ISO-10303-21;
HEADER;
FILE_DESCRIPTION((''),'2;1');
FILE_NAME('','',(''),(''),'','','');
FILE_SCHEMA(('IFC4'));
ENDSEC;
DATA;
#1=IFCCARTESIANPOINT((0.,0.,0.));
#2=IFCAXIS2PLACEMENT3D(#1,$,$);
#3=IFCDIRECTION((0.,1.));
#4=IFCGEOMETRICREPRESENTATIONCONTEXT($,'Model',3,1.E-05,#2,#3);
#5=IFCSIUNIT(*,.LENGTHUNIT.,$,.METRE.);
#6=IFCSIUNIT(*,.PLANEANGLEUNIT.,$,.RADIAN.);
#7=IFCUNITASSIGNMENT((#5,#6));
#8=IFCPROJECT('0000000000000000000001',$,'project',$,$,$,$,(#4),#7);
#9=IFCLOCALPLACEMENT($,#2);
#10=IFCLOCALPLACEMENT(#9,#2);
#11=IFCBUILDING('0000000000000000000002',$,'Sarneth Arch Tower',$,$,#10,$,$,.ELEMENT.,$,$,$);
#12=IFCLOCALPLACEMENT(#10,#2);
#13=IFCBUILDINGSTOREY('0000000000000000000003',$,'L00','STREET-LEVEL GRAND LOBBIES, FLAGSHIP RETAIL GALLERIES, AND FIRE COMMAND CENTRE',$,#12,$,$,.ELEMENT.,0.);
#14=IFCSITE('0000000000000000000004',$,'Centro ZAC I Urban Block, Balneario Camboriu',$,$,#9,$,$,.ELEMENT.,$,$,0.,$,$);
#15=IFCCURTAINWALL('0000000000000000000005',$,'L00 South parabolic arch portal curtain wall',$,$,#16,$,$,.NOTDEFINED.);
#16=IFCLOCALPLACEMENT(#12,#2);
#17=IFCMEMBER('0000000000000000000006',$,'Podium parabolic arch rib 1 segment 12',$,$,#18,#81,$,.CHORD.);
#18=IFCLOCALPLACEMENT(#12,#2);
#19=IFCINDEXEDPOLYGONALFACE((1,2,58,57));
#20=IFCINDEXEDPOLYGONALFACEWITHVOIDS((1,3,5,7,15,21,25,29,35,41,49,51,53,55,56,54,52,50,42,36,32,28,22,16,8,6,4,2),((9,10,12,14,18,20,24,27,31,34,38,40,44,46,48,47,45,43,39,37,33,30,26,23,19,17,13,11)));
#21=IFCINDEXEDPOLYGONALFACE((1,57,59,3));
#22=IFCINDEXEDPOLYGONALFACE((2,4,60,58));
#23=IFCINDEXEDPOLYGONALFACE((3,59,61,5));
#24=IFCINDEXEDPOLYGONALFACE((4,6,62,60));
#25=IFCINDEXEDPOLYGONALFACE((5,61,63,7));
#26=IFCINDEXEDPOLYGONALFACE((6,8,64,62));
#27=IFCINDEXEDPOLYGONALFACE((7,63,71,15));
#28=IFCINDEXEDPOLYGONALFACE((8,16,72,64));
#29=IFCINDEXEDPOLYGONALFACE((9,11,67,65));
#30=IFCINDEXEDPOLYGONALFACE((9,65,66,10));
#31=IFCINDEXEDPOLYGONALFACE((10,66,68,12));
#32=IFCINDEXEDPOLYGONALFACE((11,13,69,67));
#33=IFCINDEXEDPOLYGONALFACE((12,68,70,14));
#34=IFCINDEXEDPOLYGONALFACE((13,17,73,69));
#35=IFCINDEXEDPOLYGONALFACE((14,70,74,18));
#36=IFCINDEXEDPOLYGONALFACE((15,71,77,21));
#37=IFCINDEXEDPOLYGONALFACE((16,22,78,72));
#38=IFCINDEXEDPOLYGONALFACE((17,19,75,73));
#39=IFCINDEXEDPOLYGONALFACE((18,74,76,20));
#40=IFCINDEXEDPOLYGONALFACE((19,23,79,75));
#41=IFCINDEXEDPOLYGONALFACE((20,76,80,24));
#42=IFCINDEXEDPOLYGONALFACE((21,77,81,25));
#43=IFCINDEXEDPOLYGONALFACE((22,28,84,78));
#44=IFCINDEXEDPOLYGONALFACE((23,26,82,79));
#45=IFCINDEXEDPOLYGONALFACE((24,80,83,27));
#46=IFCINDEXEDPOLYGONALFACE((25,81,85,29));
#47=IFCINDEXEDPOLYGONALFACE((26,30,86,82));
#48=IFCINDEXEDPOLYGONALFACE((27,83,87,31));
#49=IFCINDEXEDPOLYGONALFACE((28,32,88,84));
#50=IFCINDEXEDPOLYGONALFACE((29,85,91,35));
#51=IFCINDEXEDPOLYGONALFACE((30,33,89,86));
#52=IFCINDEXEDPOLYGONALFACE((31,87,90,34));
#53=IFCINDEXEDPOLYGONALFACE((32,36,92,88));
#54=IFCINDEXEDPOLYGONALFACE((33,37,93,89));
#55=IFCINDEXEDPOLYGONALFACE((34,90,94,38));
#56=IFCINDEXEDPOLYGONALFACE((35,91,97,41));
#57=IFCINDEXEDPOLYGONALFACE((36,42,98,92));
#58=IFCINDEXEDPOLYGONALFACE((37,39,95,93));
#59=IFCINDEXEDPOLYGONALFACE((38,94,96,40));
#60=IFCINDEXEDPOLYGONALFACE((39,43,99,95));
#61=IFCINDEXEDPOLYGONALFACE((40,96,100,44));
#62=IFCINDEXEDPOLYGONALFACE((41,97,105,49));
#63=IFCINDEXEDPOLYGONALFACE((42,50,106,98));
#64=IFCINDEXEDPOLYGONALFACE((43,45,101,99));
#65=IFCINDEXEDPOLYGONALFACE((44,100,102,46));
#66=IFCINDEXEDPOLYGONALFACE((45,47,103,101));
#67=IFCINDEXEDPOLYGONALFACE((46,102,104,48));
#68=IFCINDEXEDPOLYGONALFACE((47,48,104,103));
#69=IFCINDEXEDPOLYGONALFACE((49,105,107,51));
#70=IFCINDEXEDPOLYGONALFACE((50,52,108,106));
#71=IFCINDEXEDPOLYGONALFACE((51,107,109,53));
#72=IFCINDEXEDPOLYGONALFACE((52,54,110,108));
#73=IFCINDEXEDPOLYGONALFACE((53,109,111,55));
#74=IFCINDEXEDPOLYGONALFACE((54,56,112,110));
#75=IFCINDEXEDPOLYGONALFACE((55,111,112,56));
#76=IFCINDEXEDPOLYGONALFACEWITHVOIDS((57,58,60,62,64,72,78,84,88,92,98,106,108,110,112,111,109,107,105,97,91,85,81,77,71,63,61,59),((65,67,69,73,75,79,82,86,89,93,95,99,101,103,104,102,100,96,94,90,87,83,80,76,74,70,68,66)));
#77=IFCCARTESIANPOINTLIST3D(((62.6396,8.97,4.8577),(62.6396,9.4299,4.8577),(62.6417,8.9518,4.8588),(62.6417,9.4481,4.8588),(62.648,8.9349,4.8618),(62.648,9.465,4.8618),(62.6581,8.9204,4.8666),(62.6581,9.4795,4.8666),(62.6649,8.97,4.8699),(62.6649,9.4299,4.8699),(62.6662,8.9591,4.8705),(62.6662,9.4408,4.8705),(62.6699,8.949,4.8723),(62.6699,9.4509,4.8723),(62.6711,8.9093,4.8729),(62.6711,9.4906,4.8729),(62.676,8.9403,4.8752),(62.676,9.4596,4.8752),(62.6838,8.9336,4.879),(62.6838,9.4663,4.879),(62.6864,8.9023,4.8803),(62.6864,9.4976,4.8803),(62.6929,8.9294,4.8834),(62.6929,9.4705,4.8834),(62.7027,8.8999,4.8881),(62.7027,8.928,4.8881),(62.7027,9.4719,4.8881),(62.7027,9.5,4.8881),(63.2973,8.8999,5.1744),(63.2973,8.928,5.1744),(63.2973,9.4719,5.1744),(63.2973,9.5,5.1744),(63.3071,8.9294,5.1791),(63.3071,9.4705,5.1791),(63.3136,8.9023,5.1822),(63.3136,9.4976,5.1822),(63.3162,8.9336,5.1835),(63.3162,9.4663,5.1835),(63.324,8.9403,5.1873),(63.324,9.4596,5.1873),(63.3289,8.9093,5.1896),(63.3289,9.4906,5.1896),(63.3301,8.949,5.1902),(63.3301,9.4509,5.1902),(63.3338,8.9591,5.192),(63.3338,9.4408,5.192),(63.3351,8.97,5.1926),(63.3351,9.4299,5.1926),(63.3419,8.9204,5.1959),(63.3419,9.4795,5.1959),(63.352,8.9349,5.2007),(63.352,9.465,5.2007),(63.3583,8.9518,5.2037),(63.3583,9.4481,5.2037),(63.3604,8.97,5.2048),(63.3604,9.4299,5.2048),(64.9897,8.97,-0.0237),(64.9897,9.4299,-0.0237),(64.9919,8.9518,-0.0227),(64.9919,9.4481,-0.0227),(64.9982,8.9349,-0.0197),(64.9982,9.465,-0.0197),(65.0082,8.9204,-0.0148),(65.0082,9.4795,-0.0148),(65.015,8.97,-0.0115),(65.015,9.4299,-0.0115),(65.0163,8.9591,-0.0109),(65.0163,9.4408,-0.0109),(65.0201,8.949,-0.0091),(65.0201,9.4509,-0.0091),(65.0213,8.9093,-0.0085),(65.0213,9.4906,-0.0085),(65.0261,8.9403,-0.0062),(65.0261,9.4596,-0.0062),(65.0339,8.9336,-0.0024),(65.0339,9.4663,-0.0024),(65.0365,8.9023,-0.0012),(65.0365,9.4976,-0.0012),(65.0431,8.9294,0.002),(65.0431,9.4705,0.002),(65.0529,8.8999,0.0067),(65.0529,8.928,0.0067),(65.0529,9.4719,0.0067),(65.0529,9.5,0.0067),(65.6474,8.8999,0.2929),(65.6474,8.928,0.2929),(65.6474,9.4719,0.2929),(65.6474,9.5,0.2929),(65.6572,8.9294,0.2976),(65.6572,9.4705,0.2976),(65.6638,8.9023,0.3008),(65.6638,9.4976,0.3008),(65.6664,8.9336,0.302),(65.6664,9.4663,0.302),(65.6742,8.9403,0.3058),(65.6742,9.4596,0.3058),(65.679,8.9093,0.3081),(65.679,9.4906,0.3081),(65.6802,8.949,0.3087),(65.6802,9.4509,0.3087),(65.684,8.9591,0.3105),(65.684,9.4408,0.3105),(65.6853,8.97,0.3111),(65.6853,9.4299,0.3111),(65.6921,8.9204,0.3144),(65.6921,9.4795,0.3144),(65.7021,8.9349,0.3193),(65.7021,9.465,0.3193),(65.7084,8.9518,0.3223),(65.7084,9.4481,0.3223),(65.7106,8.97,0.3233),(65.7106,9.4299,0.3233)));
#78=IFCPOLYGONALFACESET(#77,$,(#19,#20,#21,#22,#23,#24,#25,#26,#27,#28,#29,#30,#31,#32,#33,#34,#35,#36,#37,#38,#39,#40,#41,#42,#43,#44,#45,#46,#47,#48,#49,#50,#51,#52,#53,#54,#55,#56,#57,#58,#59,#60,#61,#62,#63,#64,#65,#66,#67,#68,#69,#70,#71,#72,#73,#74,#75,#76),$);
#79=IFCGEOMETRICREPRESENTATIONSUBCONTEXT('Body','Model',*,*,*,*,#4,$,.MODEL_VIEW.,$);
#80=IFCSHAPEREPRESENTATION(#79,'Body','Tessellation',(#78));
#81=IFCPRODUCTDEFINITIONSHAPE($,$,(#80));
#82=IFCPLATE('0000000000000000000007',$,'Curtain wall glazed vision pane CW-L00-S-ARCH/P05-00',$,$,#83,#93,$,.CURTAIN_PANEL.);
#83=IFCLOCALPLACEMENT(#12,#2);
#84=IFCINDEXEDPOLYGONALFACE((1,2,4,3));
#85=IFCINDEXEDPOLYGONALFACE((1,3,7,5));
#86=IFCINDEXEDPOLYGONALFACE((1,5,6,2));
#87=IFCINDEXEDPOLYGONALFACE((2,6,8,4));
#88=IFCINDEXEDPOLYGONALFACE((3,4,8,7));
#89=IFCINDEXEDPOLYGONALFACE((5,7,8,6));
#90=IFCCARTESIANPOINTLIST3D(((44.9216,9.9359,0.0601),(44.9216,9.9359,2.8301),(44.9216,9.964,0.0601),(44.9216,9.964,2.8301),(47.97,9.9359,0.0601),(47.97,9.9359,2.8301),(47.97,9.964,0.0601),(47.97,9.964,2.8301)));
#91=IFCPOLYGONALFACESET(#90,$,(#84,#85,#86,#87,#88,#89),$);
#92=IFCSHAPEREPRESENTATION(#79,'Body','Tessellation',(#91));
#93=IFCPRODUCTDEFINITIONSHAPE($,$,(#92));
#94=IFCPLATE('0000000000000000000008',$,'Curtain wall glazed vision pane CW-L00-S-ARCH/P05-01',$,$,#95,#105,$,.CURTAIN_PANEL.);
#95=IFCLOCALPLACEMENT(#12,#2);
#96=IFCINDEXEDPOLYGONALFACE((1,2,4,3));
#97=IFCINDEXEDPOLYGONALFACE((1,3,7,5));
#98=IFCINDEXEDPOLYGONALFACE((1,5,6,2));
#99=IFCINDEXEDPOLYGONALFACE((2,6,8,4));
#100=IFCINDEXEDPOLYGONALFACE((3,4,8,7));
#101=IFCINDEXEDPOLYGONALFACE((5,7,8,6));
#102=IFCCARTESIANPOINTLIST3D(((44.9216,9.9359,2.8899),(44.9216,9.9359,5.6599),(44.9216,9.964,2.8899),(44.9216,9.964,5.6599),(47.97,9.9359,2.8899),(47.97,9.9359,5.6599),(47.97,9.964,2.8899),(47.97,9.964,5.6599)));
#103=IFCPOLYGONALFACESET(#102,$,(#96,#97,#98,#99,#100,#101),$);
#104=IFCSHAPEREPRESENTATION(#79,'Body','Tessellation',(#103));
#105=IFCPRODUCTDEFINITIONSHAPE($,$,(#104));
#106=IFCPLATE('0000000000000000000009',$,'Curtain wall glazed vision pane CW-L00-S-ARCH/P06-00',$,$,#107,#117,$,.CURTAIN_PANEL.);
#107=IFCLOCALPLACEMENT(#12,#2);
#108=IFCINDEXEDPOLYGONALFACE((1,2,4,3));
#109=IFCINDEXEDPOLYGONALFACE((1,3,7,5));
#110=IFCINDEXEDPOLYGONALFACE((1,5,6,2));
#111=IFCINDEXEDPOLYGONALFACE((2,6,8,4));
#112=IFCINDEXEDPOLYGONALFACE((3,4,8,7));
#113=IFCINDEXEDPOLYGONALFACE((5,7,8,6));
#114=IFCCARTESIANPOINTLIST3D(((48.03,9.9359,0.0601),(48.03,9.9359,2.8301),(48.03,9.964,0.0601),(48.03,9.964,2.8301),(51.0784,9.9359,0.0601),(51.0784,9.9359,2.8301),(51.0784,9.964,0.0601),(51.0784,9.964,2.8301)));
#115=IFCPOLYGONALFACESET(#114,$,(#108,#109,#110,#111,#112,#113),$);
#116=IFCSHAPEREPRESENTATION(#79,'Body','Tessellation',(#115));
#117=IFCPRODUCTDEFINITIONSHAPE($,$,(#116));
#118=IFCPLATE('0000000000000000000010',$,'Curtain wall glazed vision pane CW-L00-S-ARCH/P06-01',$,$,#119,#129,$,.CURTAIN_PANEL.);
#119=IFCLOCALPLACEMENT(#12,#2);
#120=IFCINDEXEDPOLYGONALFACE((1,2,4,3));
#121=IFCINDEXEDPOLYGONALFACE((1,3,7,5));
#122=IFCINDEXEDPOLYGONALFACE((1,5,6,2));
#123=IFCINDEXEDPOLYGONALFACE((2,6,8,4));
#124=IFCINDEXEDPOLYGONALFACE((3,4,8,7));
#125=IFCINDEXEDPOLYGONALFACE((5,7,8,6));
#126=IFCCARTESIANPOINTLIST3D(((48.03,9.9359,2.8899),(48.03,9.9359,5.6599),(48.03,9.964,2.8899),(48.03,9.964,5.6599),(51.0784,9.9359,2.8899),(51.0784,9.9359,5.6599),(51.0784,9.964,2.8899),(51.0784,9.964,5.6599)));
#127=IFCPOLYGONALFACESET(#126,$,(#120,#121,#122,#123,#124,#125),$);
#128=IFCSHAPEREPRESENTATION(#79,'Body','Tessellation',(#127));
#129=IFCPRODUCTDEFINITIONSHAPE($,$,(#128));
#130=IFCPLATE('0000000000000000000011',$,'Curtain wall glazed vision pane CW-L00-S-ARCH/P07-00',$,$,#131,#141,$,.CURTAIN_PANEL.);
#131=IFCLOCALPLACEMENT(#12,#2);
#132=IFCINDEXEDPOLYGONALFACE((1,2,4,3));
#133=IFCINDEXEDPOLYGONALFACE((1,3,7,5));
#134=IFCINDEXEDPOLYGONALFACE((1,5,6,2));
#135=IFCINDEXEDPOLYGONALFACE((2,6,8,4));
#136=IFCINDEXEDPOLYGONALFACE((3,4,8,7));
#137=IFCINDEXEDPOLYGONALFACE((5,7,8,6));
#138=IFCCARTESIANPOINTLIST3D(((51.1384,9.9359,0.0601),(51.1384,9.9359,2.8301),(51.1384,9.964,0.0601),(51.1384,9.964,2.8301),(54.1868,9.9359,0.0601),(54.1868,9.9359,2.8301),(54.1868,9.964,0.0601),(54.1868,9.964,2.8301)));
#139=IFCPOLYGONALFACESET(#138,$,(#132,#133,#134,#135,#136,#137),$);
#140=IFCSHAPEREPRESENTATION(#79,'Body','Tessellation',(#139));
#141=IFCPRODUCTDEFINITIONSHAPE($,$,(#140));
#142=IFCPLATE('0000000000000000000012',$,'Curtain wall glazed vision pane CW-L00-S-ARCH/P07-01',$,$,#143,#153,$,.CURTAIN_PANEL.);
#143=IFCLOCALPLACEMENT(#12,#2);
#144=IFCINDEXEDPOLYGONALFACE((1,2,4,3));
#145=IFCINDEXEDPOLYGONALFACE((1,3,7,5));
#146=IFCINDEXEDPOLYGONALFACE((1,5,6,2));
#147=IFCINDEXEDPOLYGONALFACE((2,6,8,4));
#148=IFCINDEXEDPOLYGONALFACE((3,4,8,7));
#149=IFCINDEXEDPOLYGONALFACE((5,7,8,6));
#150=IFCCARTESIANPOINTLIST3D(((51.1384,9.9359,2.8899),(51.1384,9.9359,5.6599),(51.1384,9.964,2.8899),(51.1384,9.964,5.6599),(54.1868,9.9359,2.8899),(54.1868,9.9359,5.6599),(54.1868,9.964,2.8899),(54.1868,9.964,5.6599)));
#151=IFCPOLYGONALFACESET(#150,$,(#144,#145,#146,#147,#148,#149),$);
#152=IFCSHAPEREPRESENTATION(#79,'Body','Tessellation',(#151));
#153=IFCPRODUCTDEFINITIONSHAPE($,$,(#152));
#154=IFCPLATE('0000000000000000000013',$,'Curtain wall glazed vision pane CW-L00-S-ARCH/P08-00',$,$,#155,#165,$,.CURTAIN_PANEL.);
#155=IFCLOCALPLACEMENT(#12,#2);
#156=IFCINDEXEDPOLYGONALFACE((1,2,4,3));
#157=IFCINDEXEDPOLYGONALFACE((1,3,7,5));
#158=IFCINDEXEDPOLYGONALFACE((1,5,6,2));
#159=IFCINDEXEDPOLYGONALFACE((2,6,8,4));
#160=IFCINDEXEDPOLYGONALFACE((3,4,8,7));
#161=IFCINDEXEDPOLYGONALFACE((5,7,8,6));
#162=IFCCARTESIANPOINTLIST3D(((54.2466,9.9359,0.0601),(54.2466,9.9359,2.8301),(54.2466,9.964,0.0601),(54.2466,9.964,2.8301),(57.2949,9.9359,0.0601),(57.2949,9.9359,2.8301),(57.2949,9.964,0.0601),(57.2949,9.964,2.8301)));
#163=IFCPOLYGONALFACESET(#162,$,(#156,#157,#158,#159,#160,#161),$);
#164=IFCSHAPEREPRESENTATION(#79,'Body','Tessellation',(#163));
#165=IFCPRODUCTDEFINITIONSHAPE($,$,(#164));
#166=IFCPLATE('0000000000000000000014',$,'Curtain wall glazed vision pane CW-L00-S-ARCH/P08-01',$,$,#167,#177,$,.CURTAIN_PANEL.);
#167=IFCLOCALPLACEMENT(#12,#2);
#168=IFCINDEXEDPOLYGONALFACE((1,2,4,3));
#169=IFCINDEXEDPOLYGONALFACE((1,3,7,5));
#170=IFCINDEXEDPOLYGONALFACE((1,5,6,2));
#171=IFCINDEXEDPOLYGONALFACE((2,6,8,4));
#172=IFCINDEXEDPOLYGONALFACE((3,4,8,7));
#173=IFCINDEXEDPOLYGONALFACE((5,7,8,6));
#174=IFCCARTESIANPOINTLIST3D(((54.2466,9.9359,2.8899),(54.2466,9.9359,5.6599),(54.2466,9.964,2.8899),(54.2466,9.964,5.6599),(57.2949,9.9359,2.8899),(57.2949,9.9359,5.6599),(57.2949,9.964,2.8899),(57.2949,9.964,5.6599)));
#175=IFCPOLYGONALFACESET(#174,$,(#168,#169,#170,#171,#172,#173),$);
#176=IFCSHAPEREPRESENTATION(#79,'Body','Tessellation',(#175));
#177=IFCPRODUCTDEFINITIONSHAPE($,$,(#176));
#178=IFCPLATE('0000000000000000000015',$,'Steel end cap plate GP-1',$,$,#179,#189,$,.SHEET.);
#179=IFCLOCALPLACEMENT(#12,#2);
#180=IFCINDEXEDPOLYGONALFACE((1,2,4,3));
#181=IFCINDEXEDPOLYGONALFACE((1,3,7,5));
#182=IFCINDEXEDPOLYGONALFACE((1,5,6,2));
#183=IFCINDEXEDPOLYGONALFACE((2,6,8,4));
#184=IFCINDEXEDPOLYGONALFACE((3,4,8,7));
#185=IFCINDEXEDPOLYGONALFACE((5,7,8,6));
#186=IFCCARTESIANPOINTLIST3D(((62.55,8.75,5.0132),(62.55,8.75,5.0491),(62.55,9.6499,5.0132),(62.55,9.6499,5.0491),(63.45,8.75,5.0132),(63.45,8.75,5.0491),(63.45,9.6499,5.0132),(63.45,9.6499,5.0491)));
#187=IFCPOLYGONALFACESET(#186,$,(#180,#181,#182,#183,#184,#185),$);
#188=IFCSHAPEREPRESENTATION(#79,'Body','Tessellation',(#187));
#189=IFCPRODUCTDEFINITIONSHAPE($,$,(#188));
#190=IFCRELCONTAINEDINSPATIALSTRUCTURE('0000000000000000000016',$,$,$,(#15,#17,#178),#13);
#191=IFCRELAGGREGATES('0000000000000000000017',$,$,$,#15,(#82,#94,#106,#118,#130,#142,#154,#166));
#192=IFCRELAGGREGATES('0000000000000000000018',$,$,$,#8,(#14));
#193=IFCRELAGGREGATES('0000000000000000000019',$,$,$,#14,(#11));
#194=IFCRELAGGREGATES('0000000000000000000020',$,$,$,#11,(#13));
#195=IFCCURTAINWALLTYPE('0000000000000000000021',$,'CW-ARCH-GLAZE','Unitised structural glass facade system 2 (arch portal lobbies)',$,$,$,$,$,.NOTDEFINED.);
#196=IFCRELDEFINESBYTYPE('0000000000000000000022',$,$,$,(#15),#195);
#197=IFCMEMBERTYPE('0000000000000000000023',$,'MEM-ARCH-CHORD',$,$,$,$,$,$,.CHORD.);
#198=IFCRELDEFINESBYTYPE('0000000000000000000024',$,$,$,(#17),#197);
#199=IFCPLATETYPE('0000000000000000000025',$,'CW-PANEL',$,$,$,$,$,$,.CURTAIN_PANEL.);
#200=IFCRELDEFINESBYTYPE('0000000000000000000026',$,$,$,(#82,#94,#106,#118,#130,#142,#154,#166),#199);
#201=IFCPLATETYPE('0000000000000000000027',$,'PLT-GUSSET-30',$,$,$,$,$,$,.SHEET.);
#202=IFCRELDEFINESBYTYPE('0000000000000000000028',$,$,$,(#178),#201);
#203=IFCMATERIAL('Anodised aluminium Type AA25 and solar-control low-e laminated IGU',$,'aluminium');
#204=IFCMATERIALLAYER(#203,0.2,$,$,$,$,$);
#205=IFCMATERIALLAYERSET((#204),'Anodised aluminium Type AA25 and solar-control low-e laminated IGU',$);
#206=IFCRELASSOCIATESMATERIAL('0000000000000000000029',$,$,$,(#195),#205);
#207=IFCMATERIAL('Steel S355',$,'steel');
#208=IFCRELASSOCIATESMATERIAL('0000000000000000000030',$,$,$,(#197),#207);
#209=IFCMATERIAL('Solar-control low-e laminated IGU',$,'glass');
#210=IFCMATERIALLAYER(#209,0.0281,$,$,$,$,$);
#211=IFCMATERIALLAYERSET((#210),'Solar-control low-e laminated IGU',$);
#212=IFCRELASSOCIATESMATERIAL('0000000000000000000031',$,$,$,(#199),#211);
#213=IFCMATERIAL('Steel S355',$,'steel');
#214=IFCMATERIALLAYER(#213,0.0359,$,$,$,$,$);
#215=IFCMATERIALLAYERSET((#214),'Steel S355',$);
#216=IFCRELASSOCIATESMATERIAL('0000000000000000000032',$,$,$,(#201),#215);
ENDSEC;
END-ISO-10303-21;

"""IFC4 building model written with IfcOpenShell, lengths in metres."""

from ifc_helpers import new_model, si_unit, direction, frame, origin, origin_2d, place, context, subcontext, project, spatial, rectangle, hollow_rectangle, extrude, material, layer, layer_set, material_profile, profile_set, type_object, element, aggregate, save


model = new_model("IFC4")

# Units and contexts
model_context = context("Model", 3, precision=1e-05, world=origin(), true_north=direction((0.0, 1.0)))
body_context = subcontext(model_context, "Body", "Model", "MODEL_VIEW")
ifc_project = project(units=[si_unit("LENGTHUNIT", "METRE"), si_unit("PLANEANGLEUNIT", "RADIAN")], contexts=[model_context])

# Site, building, storey
site_placement = place(None, origin())
site = spatial("IfcSite", under=ifc_project, at=site_placement, Name="Centro ZAC I Urban Block, Balneario Camboriu", CompositionType="ELEMENT", RefElevation=0.0)
building_placement = place(site_placement, origin())
building = spatial("IfcBuilding", under=site, at=building_placement, Name="Sarneth Arch Tower", CompositionType="ELEMENT")
storey_placement = place(building_placement, origin())
storey = spatial("IfcBuildingStorey", under=building, at=storey_placement, Name="L00", Description="STREET-LEVEL GRAND LOBBIES, FLAGSHIP RETAIL GALLERIES, AND FIRE COMMAND CENTRE", CompositionType="ELEMENT", Elevation=0.0)

# Curtain wall
ifc_material_1 = material(Name="Anodised aluminium Type AA25 and solar-control low-e laminated IGU", Category="aluminium")
ifc_layer_1 = layer(ifc_material_1, 0.2)
ifc_layer_set_1 = layer_set([ifc_layer_1], Name="Anodised aluminium Type AA25 and solar-control low-e laminated IGU")
curtain_wall_type = type_object("IfcCurtainWallType", Name="CW-ARCH-GLAZE", Description="Unitised structural glass facade system 2 (arch portal lobbies)", PredefinedType="NOTDEFINED", material=ifc_layer_set_1)
curtain_wall_placement = place(storey_placement, origin())
curtain_wall = element("IfcCurtainWall", 1, at=curtain_wall_placement, inside=storey, type_object=curtain_wall_type, Name="L00 South parabolic arch portal curtain wall", PredefinedType="NOTDEFINED")

# Member
ifc_material_2 = material(Name="Steel S355", Category="steel")
ifc_material_profile_1 = material_profile(ifc_material_2, hollow_rectangle(XDim=0.6001, YDim=0.8, WallThickness=0.0281, InnerFilletRadius=0.042, OuterFilletRadius=0.0701, at=origin_2d()), Name="RHS800x600x28")
ifc_profile_set_1 = profile_set([ifc_material_profile_1], Name="Steel S355")
member_type_1 = type_object("IfcMemberType", Name="MEM-ARCH-CHORD", PredefinedType="CHORD", material=ifc_profile_set_1)
member_1_placement = place(storey_placement, frame((63.0, 9.2, 5.0312), z_axis=(0.433789, 0.0, -0.901015), x_axis=(0.0, 1.0, 0.0)))
element("IfcMember", 2, at=member_1_placement, inside=storey, type_object=member_type_1, Name="Podium parabolic arch rib 1 segment 12", PredefinedType="CHORD", context=body_context, shape_type="SweptSolid", body=[
    extrude(hollow_rectangle(XDim=0.6001, YDim=0.8, WallThickness=0.0281, InnerFilletRadius=0.042, OuterFilletRadius=0.0701, at=origin_2d()), origin(), (0.0, 0.0, 1.0), 5.4177),
])

# Plates
ifc_material_3 = material(Name="Solar-control low-e laminated IGU", Category="glass")
ifc_layer_2 = layer(ifc_material_3, 0.0281)
ifc_layer_set_2 = layer_set([ifc_layer_2], Name="Solar-control low-e laminated IGU")
plate_type_1 = type_object("IfcPlateType", Name="CW-PANEL", PredefinedType="CURTAIN_PANEL", material=ifc_layer_set_2)
plate_1_placement = place(storey_placement, frame((46.4458, 9.95, 0.0601), z_axis=(0.0, 0.0, 1.0), x_axis=(1.0, 0.0, 0.0)))
plate_1 = element("IfcPlate", 3, at=plate_1_placement, type_object=plate_type_1, Name="Curtain wall glazed vision pane CW-L00-S-ARCH/P05-00", PredefinedType="CURTAIN_PANEL", context=body_context, shape_type="SweptSolid", body=[
    extrude(rectangle(XDim=3.0483, YDim=0.0281, at=origin_2d()), origin(), (0.0, 0.0, 1.0), 2.77),
])
plate_2_placement = place(storey_placement, frame((46.4458, 9.95, 2.8899), z_axis=(0.0, 0.0, 1.0), x_axis=(1.0, 0.0, 0.0)))
plate_2 = element("IfcPlate", 4, at=plate_2_placement, type_object=plate_type_1, Name="Curtain wall glazed vision pane CW-L00-S-ARCH/P05-01", PredefinedType="CURTAIN_PANEL", context=body_context, shape_type="SweptSolid", body=[
    extrude(rectangle(XDim=3.0483, YDim=0.0281, at=origin_2d()), origin(), (0.0, 0.0, 1.0), 2.77),
])
plate_3_placement = place(storey_placement, frame((49.5542, 9.95, 0.0601), z_axis=(0.0, 0.0, 1.0), x_axis=(1.0, 0.0, 0.0)))
plate_3 = element("IfcPlate", 5, at=plate_3_placement, type_object=plate_type_1, Name="Curtain wall glazed vision pane CW-L00-S-ARCH/P06-00", PredefinedType="CURTAIN_PANEL", context=body_context, shape_type="SweptSolid", body=[
    extrude(rectangle(XDim=3.0483, YDim=0.0281, at=origin_2d()), origin(), (0.0, 0.0, 1.0), 2.77),
])
plate_4_placement = place(storey_placement, frame((49.5542, 9.95, 2.8899), z_axis=(0.0, 0.0, 1.0), x_axis=(1.0, 0.0, 0.0)))
plate_4 = element("IfcPlate", 6, at=plate_4_placement, type_object=plate_type_1, Name="Curtain wall glazed vision pane CW-L00-S-ARCH/P06-01", PredefinedType="CURTAIN_PANEL", context=body_context, shape_type="SweptSolid", body=[
    extrude(rectangle(XDim=3.0483, YDim=0.0281, at=origin_2d()), origin(), (0.0, 0.0, 1.0), 2.77),
])
plate_5_placement = place(storey_placement, frame((52.6626, 9.95, 0.0601), z_axis=(0.0, 0.0, 1.0), x_axis=(1.0, 0.0, 0.0)))
plate_5 = element("IfcPlate", 7, at=plate_5_placement, type_object=plate_type_1, Name="Curtain wall glazed vision pane CW-L00-S-ARCH/P07-00", PredefinedType="CURTAIN_PANEL", context=body_context, shape_type="SweptSolid", body=[
    extrude(rectangle(XDim=3.0483, YDim=0.0281, at=origin_2d()), origin(), (0.0, 0.0, 1.0), 2.77),
])
plate_6_placement = place(storey_placement, frame((52.6626, 9.95, 2.8899), z_axis=(0.0, 0.0, 1.0), x_axis=(1.0, 0.0, 0.0)))
plate_6 = element("IfcPlate", 8, at=plate_6_placement, type_object=plate_type_1, Name="Curtain wall glazed vision pane CW-L00-S-ARCH/P07-01", PredefinedType="CURTAIN_PANEL", context=body_context, shape_type="SweptSolid", body=[
    extrude(rectangle(XDim=3.0483, YDim=0.0281, at=origin_2d()), origin(), (0.0, 0.0, 1.0), 2.77),
])
plate_7_placement = place(storey_placement, frame((55.7708, 9.95, 0.0601), z_axis=(0.0, 0.0, 1.0), x_axis=(1.0, 0.0, 0.0)))
plate_7 = element("IfcPlate", 9, at=plate_7_placement, type_object=plate_type_1, Name="Curtain wall glazed vision pane CW-L00-S-ARCH/P08-00", PredefinedType="CURTAIN_PANEL", context=body_context, shape_type="SweptSolid", body=[
    extrude(rectangle(XDim=3.0483, YDim=0.0281, at=origin_2d()), origin(), (0.0, 0.0, 1.0), 2.77),
])
plate_8_placement = place(storey_placement, frame((55.7708, 9.95, 2.8899), z_axis=(0.0, 0.0, 1.0), x_axis=(1.0, 0.0, 0.0)))
plate_8 = element("IfcPlate", 10, at=plate_8_placement, type_object=plate_type_1, Name="Curtain wall glazed vision pane CW-L00-S-ARCH/P08-01", PredefinedType="CURTAIN_PANEL", context=body_context, shape_type="SweptSolid", body=[
    extrude(rectangle(XDim=3.0483, YDim=0.0281, at=origin_2d()), origin(), (0.0, 0.0, 1.0), 2.77),
])
aggregate(curtain_wall, [plate_1, plate_2, plate_3, plate_4, plate_5, plate_6, plate_7, plate_8])
ifc_material_4 = material(Name="Steel S355", Category="steel")
ifc_layer_3 = layer(ifc_material_4, 0.0359)
ifc_layer_set_3 = layer_set([ifc_layer_3], Name="Steel S355")
plate_type_2 = type_object("IfcPlateType", Name="PLT-GUSSET-30", PredefinedType="SHEET", material=ifc_layer_set_3)
plate_9_placement = place(storey_placement, frame((63.0, 9.2, 5.0132), z_axis=(0.0, 0.0, 1.0), x_axis=(-1.0, 0.0, 0.0)))
element("IfcPlate", 11, at=plate_9_placement, inside=storey, type_object=plate_type_2, Name="Steel end cap plate GP-1", PredefinedType="SHEET", context=body_context, shape_type="SweptSolid", body=[
    extrude(rectangle(XDim=0.8999, YDim=0.8999, at=origin_2d()), origin(), (0.0, 0.0, 1.0), 0.0359),
])

save(model, "model.ifc")
